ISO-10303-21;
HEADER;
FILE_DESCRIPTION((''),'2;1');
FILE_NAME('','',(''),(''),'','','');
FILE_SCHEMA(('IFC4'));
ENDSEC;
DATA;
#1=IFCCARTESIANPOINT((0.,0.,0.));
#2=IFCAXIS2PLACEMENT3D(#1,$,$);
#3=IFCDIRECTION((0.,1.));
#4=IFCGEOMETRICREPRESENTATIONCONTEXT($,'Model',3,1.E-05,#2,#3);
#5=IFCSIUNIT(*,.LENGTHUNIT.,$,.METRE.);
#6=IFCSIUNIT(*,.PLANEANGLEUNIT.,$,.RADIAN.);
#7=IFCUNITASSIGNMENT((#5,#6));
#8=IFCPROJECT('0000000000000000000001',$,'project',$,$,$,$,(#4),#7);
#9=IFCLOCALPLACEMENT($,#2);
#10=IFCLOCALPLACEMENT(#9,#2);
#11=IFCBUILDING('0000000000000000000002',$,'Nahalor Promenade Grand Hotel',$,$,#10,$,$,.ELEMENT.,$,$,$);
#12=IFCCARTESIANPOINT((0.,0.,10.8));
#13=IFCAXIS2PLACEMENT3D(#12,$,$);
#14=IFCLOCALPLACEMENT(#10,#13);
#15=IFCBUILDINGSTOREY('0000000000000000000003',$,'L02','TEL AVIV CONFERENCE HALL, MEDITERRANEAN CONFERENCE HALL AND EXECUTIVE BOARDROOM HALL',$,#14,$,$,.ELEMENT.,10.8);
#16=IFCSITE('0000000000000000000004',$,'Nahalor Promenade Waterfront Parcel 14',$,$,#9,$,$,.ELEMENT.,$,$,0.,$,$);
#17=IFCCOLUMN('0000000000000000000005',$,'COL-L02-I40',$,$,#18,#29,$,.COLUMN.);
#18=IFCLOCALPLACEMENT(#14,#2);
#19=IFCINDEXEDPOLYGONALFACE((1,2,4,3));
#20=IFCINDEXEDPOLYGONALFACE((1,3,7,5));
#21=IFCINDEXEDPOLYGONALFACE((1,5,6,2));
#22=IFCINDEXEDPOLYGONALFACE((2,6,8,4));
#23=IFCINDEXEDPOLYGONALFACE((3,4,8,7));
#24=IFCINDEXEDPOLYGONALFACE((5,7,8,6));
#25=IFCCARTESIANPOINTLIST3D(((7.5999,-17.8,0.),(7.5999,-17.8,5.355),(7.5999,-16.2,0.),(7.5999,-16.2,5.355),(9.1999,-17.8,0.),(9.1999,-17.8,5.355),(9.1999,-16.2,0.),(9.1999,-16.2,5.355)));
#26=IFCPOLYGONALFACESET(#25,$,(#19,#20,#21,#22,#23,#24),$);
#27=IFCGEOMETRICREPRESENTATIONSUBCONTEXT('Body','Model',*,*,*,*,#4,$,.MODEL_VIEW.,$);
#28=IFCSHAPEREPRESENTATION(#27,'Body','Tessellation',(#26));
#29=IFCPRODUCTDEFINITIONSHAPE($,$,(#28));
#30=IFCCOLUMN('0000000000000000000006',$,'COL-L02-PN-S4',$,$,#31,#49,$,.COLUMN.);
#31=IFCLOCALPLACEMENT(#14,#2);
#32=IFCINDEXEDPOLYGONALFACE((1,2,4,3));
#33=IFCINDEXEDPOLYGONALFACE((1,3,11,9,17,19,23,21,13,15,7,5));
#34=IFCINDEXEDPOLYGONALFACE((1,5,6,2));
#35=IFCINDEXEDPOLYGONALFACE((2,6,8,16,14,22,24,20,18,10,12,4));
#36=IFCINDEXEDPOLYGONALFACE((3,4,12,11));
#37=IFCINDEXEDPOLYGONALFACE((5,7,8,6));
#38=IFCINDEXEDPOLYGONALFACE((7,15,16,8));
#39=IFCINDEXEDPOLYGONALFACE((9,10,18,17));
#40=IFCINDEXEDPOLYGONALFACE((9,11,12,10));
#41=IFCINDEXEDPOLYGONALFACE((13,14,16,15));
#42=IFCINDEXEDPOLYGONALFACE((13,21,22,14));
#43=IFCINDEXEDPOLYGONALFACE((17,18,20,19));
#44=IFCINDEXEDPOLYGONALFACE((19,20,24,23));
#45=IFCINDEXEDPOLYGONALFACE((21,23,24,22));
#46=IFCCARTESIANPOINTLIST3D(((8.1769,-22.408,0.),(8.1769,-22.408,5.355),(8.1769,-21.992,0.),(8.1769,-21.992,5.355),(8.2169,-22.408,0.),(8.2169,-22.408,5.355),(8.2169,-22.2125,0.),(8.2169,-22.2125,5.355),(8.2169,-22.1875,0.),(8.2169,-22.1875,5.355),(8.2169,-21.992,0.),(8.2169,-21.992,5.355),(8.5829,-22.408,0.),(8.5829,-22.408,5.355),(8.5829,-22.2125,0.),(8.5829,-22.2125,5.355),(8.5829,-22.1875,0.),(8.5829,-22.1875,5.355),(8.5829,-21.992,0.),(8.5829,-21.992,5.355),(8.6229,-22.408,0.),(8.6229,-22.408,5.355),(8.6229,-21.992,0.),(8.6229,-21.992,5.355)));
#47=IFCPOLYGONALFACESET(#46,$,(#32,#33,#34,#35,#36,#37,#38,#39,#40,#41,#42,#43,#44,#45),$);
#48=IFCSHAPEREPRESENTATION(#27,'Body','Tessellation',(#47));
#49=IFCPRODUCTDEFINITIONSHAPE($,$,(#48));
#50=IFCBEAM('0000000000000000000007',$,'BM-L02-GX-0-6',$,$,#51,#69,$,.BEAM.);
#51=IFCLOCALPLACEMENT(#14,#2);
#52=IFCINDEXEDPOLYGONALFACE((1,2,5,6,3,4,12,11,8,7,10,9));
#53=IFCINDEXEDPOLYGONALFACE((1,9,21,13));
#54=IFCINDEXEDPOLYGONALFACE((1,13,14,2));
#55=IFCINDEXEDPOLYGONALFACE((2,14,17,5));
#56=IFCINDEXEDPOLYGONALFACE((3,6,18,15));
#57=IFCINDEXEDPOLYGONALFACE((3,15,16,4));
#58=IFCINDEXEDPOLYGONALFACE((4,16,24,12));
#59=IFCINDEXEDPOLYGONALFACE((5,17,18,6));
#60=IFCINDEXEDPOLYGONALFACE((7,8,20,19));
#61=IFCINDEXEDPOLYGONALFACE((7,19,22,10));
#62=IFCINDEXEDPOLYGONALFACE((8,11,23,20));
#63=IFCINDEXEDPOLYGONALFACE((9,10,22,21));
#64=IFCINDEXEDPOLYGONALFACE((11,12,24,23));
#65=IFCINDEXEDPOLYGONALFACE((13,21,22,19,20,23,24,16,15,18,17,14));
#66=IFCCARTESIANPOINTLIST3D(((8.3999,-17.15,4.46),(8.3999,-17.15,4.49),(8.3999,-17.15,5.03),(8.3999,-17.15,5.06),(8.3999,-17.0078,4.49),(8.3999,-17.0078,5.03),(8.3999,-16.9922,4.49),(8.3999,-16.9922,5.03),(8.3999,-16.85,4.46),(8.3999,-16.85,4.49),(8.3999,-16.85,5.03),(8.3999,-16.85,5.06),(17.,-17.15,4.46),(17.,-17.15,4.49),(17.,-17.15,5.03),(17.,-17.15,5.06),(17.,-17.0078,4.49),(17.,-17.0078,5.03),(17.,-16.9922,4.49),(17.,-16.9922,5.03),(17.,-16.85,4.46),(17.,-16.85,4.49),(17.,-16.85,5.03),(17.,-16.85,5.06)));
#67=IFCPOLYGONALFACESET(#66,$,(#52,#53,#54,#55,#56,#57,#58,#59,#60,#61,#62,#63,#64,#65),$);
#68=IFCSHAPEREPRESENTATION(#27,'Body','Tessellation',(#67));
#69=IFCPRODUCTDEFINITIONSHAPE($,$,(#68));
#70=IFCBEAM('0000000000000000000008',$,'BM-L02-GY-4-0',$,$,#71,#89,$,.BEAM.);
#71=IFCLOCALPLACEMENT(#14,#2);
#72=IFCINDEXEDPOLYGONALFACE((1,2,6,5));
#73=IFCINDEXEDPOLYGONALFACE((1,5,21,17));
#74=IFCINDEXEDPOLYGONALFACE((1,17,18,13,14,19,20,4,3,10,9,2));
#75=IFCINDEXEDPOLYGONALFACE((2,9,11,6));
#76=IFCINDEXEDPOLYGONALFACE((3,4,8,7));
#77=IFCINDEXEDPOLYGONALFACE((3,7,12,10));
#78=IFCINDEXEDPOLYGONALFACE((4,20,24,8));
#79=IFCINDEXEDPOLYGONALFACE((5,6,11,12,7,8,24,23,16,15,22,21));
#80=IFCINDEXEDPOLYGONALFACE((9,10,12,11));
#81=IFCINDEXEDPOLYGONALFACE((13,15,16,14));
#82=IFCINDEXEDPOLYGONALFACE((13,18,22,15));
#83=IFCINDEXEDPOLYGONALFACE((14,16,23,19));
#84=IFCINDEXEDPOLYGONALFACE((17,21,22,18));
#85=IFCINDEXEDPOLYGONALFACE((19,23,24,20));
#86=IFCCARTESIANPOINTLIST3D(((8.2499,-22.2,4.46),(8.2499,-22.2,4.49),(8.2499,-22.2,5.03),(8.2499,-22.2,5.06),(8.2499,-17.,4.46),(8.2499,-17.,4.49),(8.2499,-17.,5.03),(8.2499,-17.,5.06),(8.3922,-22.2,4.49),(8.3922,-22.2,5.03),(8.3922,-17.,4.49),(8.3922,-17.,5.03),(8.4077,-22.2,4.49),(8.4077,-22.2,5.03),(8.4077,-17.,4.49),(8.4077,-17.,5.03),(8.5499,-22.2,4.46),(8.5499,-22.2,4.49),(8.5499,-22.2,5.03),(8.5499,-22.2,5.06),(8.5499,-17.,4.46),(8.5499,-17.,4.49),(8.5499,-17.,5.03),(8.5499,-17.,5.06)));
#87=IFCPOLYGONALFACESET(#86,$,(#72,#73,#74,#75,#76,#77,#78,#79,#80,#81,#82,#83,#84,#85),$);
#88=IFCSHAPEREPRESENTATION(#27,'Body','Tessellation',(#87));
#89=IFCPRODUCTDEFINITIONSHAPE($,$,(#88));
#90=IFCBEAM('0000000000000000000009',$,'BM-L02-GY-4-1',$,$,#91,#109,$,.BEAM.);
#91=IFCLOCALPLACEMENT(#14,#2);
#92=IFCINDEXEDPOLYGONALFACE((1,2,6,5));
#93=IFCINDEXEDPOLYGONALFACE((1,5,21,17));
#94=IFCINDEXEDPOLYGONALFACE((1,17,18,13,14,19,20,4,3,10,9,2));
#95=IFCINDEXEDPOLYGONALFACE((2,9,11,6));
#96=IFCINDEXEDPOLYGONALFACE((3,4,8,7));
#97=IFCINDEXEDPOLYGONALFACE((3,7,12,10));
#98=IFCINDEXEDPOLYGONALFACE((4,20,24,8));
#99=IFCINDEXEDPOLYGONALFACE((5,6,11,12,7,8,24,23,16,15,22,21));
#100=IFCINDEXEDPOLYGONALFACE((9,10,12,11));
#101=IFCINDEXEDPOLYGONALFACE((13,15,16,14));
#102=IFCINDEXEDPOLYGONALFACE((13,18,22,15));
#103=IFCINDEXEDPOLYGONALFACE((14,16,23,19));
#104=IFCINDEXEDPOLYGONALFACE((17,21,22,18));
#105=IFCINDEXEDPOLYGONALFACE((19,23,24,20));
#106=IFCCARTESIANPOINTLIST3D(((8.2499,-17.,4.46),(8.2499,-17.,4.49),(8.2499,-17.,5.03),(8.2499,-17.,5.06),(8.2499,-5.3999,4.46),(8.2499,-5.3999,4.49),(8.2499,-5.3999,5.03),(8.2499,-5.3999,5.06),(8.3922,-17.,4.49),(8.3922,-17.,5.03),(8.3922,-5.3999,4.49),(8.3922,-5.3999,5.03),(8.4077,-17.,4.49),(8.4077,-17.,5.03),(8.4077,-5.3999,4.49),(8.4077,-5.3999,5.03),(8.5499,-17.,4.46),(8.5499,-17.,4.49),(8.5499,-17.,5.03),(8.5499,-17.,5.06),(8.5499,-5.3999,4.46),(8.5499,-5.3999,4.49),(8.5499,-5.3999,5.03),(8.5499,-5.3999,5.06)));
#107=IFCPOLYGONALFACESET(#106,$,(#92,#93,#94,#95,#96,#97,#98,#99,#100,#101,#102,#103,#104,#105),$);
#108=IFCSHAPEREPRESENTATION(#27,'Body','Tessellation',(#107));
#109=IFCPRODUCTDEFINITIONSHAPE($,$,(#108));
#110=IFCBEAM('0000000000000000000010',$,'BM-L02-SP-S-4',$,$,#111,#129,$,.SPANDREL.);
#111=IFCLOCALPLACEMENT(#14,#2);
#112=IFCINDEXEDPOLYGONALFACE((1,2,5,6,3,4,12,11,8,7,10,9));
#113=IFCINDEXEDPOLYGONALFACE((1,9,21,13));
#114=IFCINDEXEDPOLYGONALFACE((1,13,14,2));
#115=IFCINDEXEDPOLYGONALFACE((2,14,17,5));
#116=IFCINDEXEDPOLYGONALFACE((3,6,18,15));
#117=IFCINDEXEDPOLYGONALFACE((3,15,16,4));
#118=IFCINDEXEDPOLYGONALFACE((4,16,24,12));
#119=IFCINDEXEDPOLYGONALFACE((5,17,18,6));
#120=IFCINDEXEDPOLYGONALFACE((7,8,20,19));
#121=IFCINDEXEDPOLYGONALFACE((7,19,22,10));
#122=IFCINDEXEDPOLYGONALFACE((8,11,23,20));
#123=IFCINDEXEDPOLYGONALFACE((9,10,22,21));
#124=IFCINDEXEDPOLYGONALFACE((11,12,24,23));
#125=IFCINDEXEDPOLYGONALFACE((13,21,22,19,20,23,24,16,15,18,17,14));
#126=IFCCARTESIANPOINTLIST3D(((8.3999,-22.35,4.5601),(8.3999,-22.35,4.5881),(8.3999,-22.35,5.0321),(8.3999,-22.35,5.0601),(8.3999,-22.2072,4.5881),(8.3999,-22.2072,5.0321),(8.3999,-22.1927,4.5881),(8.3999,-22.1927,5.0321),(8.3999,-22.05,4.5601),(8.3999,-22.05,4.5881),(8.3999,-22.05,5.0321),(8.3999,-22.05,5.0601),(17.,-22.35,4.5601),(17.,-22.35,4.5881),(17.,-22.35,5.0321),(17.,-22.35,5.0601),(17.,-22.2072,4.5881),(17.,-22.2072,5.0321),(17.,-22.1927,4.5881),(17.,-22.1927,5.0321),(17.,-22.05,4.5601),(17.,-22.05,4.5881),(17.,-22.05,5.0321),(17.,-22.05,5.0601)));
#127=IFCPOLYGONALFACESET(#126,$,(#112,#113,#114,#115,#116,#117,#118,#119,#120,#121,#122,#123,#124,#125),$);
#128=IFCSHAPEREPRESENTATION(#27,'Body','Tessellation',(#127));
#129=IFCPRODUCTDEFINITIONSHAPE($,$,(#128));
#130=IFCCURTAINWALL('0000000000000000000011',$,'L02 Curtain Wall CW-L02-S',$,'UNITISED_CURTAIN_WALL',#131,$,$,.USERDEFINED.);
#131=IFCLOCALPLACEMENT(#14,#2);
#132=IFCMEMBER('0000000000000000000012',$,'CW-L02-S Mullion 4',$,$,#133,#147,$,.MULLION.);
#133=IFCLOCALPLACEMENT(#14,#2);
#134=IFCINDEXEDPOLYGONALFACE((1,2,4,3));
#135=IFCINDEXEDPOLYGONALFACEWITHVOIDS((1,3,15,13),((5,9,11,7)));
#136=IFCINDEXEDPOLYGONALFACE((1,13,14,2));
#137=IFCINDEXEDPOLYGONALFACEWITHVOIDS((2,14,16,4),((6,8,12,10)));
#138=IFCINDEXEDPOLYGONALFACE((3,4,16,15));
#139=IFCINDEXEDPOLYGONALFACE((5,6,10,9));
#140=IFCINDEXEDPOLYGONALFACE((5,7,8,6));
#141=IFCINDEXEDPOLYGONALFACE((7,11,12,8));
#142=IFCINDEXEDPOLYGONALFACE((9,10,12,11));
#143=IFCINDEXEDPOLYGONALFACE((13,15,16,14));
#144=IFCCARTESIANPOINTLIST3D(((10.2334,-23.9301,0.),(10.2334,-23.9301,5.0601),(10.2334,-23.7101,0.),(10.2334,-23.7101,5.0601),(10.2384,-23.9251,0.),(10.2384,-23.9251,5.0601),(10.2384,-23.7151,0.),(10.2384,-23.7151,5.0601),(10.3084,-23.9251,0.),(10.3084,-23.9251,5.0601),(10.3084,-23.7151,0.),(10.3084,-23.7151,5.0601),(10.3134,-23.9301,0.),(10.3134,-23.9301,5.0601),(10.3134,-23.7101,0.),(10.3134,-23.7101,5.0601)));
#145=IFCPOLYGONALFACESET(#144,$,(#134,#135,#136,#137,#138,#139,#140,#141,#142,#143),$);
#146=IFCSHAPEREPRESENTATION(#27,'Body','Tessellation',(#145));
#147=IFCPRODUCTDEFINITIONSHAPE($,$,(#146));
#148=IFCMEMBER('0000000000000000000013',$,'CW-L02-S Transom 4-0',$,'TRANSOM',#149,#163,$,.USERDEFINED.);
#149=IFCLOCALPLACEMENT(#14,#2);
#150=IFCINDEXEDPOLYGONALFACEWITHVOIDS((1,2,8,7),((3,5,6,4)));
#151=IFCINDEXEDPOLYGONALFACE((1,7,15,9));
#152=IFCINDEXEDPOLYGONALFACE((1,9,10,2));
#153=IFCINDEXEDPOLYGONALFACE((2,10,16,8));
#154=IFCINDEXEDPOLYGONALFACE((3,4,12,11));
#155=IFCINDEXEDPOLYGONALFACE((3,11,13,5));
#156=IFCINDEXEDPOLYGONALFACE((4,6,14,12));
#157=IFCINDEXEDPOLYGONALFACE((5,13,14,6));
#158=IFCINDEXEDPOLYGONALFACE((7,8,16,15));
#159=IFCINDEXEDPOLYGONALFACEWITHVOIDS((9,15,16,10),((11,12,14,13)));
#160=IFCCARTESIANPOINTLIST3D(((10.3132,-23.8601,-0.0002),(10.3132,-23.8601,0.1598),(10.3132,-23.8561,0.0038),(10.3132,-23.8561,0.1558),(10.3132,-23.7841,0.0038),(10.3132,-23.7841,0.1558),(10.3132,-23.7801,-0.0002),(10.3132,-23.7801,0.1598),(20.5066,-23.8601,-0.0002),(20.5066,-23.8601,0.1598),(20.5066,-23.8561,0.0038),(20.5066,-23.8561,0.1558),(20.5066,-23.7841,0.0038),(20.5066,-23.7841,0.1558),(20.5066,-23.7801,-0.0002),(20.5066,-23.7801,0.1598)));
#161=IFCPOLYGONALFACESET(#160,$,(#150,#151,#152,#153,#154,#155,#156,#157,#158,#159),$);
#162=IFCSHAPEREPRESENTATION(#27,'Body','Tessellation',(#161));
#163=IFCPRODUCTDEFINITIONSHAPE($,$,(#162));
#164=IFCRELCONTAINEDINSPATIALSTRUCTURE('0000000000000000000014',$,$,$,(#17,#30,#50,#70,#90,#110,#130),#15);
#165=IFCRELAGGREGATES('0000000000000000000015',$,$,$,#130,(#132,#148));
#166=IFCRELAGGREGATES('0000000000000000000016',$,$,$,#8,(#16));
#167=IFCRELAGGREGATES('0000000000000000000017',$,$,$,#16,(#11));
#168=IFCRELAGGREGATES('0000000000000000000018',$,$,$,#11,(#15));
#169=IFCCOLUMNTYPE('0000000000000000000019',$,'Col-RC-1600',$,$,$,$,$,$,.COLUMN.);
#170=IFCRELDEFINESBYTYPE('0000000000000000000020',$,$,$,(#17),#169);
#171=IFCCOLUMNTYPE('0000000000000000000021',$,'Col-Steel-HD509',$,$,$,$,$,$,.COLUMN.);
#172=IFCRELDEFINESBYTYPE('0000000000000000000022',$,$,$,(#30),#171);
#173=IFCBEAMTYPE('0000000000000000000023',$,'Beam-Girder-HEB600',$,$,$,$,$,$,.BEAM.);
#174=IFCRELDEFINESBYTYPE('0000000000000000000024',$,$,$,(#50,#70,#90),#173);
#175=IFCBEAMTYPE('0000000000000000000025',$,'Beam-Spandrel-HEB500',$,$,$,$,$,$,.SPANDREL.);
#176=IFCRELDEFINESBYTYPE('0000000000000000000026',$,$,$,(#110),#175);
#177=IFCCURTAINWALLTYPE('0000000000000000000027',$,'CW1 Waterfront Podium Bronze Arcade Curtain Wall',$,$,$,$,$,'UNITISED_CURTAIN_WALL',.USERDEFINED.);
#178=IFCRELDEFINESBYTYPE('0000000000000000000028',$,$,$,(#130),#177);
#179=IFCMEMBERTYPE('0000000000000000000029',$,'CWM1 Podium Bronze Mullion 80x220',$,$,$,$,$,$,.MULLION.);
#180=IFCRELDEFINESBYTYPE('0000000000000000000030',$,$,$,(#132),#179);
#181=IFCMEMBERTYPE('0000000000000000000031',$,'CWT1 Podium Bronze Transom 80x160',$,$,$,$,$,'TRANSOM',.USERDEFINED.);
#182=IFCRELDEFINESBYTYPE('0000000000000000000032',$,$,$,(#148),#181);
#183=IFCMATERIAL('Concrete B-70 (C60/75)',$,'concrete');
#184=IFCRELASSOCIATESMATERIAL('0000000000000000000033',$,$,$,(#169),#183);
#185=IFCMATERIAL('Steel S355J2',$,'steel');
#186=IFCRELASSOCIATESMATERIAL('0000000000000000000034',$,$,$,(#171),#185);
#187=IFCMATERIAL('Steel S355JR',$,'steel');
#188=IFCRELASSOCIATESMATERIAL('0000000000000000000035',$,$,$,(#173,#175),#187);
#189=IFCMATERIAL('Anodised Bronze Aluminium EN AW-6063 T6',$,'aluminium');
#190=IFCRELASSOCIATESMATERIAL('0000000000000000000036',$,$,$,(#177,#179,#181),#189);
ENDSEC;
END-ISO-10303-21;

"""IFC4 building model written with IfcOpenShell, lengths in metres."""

from ifc_helpers import new_model, si_unit, direction, frame, origin, origin_2d, place, context, subcontext, project, spatial, rectangle, hollow_rectangle, i_section, extrude, source, transform, mapped, material, material_profile, profile_set, type_object, element, aggregate, save


model = new_model("IFC4")

# Units and contexts
model_context = context("Model", 3, precision=1e-05, world=origin(), true_north=direction((0.0, 1.0)))
body_context = subcontext(model_context, "Body", "Model", "MODEL_VIEW")
ifc_project = project(units=[si_unit("LENGTHUNIT", "METRE"), si_unit("PLANEANGLEUNIT", "RADIAN")], contexts=[model_context])

# Site, building, storey
site_placement = place(None, origin())
site = spatial("IfcSite", under=ifc_project, at=site_placement, Name="Nahalor Promenade Waterfront Parcel 14", CompositionType="ELEMENT", RefElevation=0.0)
building_placement = place(site_placement, origin())
building = spatial("IfcBuilding", under=site, at=building_placement, Name="Nahalor Promenade Grand Hotel", CompositionType="ELEMENT")
storey_placement = place(building_placement, frame((0.0, 0.0, 10.8)))
storey = spatial("IfcBuildingStorey", under=building, at=storey_placement, Name="L02", Description="TEL AVIV CONFERENCE HALL, MEDITERRANEAN CONFERENCE HALL AND EXECUTIVE BOARDROOM HALL", CompositionType="ELEMENT", Elevation=10.8)

# Columns
ifc_material_1 = material(Name="Concrete B-70 (C60/75)", Category="concrete")
ifc_material_profile_1 = material_profile(ifc_material_1, rectangle(XDim=1.6, YDim=1.6, at=origin_2d()), Name="RC 1600x1600")
ifc_profile_set_1 = profile_set([ifc_material_profile_1], Name="Concrete B-70 (C60/75)")
column_type_1 = type_object("IfcColumnType", Name="Col-RC-1600", PredefinedType="COLUMN", material=ifc_profile_set_1)
shared_shape_1 = source(origin(), body_context, "Body", "SweptSolid", [
    extrude(rectangle(XDim=1.6, YDim=1.6, at=origin_2d()), origin(), (0.0, 0.0, 1.0), 5.355),
])
column_1_placement = place(storey_placement, frame((8.3999, -17.0, 0.0), z_axis=(0.0, 0.0, 1.0), x_axis=(1.0, 0.0, 0.0)))
element("IfcColumn", 1, at=column_1_placement, inside=storey, type_object=column_type_1, Name="COL-L02-I40", PredefinedType="COLUMN", context=body_context, shape_type="MappedRepresentation", body=[
    mapped(shared_shape_1, transform((0.0, 0.0, 0.0), scale=1.0)),
])
ifc_material_2 = material(Name="Steel S355J2", Category="steel")
ifc_material_profile_2 = material_profile(ifc_material_2, i_section(OverallWidth=0.416, OverallDepth=0.446, WebThickness=0.025, FlangeThickness=0.04, at=origin_2d()), Name="HD 400x509")
ifc_profile_set_2 = profile_set([ifc_material_profile_2], Name="Steel S355J2")
column_type_2 = type_object("IfcColumnType", Name="Col-Steel-HD509", PredefinedType="COLUMN", material=ifc_profile_set_2)
shared_shape_2 = source(origin(), body_context, "Body", "SweptSolid", [
    extrude(i_section(OverallWidth=0.416, OverallDepth=0.446, WebThickness=0.025, FlangeThickness=0.04, at=origin_2d()), origin(), (0.0, 0.0, 1.0), 5.355),
])
column_2_placement = place(storey_placement, frame((8.3999, -22.2, 0.0), z_axis=(0.0, 0.0, 1.0), x_axis=(0.0, 1.0, 0.0)))
element("IfcColumn", 2, at=column_2_placement, inside=storey, type_object=column_type_2, Name="COL-L02-PN-S4", PredefinedType="COLUMN", context=body_context, shape_type="MappedRepresentation", body=[
    mapped(shared_shape_2, transform((0.0, 0.0, 0.0), scale=1.0)),
])

# Beams
ifc_material_3 = material(Name="Steel S355JR", Category="steel")
ifc_material_profile_3 = material_profile(ifc_material_3, i_section(OverallWidth=0.3, OverallDepth=0.6, WebThickness=0.0155, FlangeThickness=0.03, at=origin_2d()), Name="HEB 600")
ifc_profile_set_3 = profile_set([ifc_material_profile_3], Name="Steel S355JR")
beam_type_1 = type_object("IfcBeamType", Name="Beam-Girder-HEB600", PredefinedType="BEAM", material=ifc_profile_set_3)
shared_shape_3 = source(origin(), body_context, "Body", "SweptSolid", [
    extrude(i_section(OverallWidth=0.3, OverallDepth=0.6, WebThickness=0.0155, FlangeThickness=0.03, at=origin_2d()), origin(), (0.0, 0.0, 1.0), 8.6001),
])
beam_1_placement = place(storey_placement, frame((8.3999, -17.0, 4.76), z_axis=(1.0, 0.0, 0.0), x_axis=(0.0, 1.0, 0.0)))
element("IfcBeam", 3, at=beam_1_placement, inside=storey, type_object=beam_type_1, Name="BM-L02-GX-0-6", PredefinedType="BEAM", context=body_context, shape_type="MappedRepresentation", body=[
    mapped(shared_shape_3, transform((0.0, 0.0, 0.0), scale=1.0)),
])
shared_shape_4 = source(origin(), body_context, "Body", "SweptSolid", [
    extrude(i_section(OverallWidth=0.3, OverallDepth=0.6, WebThickness=0.0155, FlangeThickness=0.03, at=origin_2d()), origin(), (0.0, 0.0, 1.0), 5.2),
])
beam_2_placement = place(storey_placement, frame((8.3999, -22.2, 4.76), z_axis=(0.0, 1.0, 0.0), x_axis=(-1.0, 0.0, 0.0)))
element("IfcBeam", 4, at=beam_2_placement, inside=storey, type_object=beam_type_1, Name="BM-L02-GY-4-0", PredefinedType="BEAM", context=body_context, shape_type="MappedRepresentation", body=[
    mapped(shared_shape_4, transform((0.0, 0.0, 0.0), scale=1.0)),
])
shared_shape_5 = source(origin(), body_context, "Body", "SweptSolid", [
    extrude(i_section(OverallWidth=0.3, OverallDepth=0.6, WebThickness=0.0155, FlangeThickness=0.03, at=origin_2d()), origin(), (0.0, 0.0, 1.0), 11.6001),
])
beam_3_placement = place(storey_placement, frame((8.3999, -17.0, 4.76), z_axis=(0.0, 1.0, 0.0), x_axis=(-1.0, 0.0, 0.0)))
element("IfcBeam", 5, at=beam_3_placement, inside=storey, type_object=beam_type_1, Name="BM-L02-GY-4-1", PredefinedType="BEAM", context=body_context, shape_type="MappedRepresentation", body=[
    mapped(shared_shape_5, transform((0.0, 0.0, 0.0), scale=1.0)),
])
ifc_material_profile_4 = material_profile(ifc_material_3, i_section(OverallWidth=0.3, OverallDepth=0.5, WebThickness=0.0145, FlangeThickness=0.028, at=origin_2d()), Name="HEB 500")
ifc_profile_set_4 = profile_set([ifc_material_profile_4], Name="Steel S355JR")
beam_type_2 = type_object("IfcBeamType", Name="Beam-Spandrel-HEB500", PredefinedType="SPANDREL", material=ifc_profile_set_4)
shared_shape_6 = source(origin(), body_context, "Body", "SweptSolid", [
    extrude(i_section(OverallWidth=0.3, OverallDepth=0.5, WebThickness=0.0145, FlangeThickness=0.028, at=origin_2d()), origin(), (0.0, 0.0, 1.0), 8.6001),
])
beam_4_placement = place(storey_placement, frame((8.3999, -22.2, 4.8101), z_axis=(1.0, 0.0, 0.0), x_axis=(0.0, 1.0, 0.0)))
element("IfcBeam", 6, at=beam_4_placement, inside=storey, type_object=beam_type_2, Name="BM-L02-SP-S-4", PredefinedType="SPANDREL", context=body_context, shape_type="MappedRepresentation", body=[
    mapped(shared_shape_6, transform((0.0, 0.0, 0.0), scale=1.0)),
])

# Curtain wall, members
ifc_material_4 = material(Name="Anodised Bronze Aluminium EN AW-6063 T6", Category="aluminium")
curtain_wall_type = type_object("IfcCurtainWallType", Name="CW1 Waterfront Podium Bronze Arcade Curtain Wall", ElementType="UNITISED_CURTAIN_WALL", PredefinedType="USERDEFINED", material=ifc_material_4)
curtain_wall_placement = place(storey_placement, origin())
curtain_wall = element("IfcCurtainWall", 7, at=curtain_wall_placement, inside=storey, type_object=curtain_wall_type, Name="L02 Curtain Wall CW-L02-S", ObjectType="UNITISED_CURTAIN_WALL", PredefinedType="USERDEFINED")
ifc_material_profile_5 = material_profile(ifc_material_4, hollow_rectangle(XDim=0.08, YDim=0.22, WallThickness=0.005, at=origin_2d()), Name="CWM 80x220x5")
ifc_profile_set_5 = profile_set([ifc_material_profile_5], Name="Anodised Bronze Aluminium EN AW-6063 T6")
member_type_1 = type_object("IfcMemberType", Name="CWM1 Podium Bronze Mullion 80x220", PredefinedType="MULLION", material=ifc_profile_set_5)
shared_shape_7 = source(origin(), body_context, "Body", "SweptSolid", [
    extrude(hollow_rectangle(XDim=0.08, YDim=0.22, WallThickness=0.005, at=origin_2d()), origin(), (0.0, 0.0, 1.0), 5.0601),
])
member_1_placement = place(storey_placement, frame((10.2734, -23.8201, 0.0), z_axis=(0.0, 0.0, 1.0), x_axis=(1.0, 0.0, 0.0)))
member_1 = element("IfcMember", 8, at=member_1_placement, type_object=member_type_1, Name="CW-L02-S Mullion 4", PredefinedType="MULLION", context=body_context, shape_type="MappedRepresentation", body=[
    mapped(shared_shape_7, transform((0.0, 0.0, 0.0), scale=1.0)),
])
ifc_material_profile_6 = material_profile(ifc_material_4, hollow_rectangle(XDim=0.08, YDim=0.16, WallThickness=0.004, at=origin_2d()), Name="CWT 80x160x4")
ifc_profile_set_6 = profile_set([ifc_material_profile_6], Name="Anodised Bronze Aluminium EN AW-6063 T6")
member_type_2 = type_object("IfcMemberType", Name="CWT1 Podium Bronze Transom 80x160", ElementType="TRANSOM", PredefinedType="USERDEFINED", material=ifc_profile_set_6)
shared_shape_8 = source(origin(), body_context, "Body", "SweptSolid", [
    extrude(hollow_rectangle(XDim=0.08, YDim=0.16, WallThickness=0.004, at=origin_2d()), origin(), (0.0, 0.0, 1.0), 10.1934),
])
member_2_placement = place(storey_placement, frame((10.3132, -23.8201, 0.0798), z_axis=(1.0, 0.0, 0.0), x_axis=(0.0, 1.0, 0.0)))
member_2 = element("IfcMember", 9, at=member_2_placement, type_object=member_type_2, Name="CW-L02-S Transom 4-0", ObjectType="TRANSOM", PredefinedType="USERDEFINED", context=body_context, shape_type="MappedRepresentation", body=[
    mapped(shared_shape_8, transform((0.0, 0.0, 0.0), scale=1.0)),
])
aggregate(curtain_wall, [member_1, member_2])

save(model, "model.ifc")
